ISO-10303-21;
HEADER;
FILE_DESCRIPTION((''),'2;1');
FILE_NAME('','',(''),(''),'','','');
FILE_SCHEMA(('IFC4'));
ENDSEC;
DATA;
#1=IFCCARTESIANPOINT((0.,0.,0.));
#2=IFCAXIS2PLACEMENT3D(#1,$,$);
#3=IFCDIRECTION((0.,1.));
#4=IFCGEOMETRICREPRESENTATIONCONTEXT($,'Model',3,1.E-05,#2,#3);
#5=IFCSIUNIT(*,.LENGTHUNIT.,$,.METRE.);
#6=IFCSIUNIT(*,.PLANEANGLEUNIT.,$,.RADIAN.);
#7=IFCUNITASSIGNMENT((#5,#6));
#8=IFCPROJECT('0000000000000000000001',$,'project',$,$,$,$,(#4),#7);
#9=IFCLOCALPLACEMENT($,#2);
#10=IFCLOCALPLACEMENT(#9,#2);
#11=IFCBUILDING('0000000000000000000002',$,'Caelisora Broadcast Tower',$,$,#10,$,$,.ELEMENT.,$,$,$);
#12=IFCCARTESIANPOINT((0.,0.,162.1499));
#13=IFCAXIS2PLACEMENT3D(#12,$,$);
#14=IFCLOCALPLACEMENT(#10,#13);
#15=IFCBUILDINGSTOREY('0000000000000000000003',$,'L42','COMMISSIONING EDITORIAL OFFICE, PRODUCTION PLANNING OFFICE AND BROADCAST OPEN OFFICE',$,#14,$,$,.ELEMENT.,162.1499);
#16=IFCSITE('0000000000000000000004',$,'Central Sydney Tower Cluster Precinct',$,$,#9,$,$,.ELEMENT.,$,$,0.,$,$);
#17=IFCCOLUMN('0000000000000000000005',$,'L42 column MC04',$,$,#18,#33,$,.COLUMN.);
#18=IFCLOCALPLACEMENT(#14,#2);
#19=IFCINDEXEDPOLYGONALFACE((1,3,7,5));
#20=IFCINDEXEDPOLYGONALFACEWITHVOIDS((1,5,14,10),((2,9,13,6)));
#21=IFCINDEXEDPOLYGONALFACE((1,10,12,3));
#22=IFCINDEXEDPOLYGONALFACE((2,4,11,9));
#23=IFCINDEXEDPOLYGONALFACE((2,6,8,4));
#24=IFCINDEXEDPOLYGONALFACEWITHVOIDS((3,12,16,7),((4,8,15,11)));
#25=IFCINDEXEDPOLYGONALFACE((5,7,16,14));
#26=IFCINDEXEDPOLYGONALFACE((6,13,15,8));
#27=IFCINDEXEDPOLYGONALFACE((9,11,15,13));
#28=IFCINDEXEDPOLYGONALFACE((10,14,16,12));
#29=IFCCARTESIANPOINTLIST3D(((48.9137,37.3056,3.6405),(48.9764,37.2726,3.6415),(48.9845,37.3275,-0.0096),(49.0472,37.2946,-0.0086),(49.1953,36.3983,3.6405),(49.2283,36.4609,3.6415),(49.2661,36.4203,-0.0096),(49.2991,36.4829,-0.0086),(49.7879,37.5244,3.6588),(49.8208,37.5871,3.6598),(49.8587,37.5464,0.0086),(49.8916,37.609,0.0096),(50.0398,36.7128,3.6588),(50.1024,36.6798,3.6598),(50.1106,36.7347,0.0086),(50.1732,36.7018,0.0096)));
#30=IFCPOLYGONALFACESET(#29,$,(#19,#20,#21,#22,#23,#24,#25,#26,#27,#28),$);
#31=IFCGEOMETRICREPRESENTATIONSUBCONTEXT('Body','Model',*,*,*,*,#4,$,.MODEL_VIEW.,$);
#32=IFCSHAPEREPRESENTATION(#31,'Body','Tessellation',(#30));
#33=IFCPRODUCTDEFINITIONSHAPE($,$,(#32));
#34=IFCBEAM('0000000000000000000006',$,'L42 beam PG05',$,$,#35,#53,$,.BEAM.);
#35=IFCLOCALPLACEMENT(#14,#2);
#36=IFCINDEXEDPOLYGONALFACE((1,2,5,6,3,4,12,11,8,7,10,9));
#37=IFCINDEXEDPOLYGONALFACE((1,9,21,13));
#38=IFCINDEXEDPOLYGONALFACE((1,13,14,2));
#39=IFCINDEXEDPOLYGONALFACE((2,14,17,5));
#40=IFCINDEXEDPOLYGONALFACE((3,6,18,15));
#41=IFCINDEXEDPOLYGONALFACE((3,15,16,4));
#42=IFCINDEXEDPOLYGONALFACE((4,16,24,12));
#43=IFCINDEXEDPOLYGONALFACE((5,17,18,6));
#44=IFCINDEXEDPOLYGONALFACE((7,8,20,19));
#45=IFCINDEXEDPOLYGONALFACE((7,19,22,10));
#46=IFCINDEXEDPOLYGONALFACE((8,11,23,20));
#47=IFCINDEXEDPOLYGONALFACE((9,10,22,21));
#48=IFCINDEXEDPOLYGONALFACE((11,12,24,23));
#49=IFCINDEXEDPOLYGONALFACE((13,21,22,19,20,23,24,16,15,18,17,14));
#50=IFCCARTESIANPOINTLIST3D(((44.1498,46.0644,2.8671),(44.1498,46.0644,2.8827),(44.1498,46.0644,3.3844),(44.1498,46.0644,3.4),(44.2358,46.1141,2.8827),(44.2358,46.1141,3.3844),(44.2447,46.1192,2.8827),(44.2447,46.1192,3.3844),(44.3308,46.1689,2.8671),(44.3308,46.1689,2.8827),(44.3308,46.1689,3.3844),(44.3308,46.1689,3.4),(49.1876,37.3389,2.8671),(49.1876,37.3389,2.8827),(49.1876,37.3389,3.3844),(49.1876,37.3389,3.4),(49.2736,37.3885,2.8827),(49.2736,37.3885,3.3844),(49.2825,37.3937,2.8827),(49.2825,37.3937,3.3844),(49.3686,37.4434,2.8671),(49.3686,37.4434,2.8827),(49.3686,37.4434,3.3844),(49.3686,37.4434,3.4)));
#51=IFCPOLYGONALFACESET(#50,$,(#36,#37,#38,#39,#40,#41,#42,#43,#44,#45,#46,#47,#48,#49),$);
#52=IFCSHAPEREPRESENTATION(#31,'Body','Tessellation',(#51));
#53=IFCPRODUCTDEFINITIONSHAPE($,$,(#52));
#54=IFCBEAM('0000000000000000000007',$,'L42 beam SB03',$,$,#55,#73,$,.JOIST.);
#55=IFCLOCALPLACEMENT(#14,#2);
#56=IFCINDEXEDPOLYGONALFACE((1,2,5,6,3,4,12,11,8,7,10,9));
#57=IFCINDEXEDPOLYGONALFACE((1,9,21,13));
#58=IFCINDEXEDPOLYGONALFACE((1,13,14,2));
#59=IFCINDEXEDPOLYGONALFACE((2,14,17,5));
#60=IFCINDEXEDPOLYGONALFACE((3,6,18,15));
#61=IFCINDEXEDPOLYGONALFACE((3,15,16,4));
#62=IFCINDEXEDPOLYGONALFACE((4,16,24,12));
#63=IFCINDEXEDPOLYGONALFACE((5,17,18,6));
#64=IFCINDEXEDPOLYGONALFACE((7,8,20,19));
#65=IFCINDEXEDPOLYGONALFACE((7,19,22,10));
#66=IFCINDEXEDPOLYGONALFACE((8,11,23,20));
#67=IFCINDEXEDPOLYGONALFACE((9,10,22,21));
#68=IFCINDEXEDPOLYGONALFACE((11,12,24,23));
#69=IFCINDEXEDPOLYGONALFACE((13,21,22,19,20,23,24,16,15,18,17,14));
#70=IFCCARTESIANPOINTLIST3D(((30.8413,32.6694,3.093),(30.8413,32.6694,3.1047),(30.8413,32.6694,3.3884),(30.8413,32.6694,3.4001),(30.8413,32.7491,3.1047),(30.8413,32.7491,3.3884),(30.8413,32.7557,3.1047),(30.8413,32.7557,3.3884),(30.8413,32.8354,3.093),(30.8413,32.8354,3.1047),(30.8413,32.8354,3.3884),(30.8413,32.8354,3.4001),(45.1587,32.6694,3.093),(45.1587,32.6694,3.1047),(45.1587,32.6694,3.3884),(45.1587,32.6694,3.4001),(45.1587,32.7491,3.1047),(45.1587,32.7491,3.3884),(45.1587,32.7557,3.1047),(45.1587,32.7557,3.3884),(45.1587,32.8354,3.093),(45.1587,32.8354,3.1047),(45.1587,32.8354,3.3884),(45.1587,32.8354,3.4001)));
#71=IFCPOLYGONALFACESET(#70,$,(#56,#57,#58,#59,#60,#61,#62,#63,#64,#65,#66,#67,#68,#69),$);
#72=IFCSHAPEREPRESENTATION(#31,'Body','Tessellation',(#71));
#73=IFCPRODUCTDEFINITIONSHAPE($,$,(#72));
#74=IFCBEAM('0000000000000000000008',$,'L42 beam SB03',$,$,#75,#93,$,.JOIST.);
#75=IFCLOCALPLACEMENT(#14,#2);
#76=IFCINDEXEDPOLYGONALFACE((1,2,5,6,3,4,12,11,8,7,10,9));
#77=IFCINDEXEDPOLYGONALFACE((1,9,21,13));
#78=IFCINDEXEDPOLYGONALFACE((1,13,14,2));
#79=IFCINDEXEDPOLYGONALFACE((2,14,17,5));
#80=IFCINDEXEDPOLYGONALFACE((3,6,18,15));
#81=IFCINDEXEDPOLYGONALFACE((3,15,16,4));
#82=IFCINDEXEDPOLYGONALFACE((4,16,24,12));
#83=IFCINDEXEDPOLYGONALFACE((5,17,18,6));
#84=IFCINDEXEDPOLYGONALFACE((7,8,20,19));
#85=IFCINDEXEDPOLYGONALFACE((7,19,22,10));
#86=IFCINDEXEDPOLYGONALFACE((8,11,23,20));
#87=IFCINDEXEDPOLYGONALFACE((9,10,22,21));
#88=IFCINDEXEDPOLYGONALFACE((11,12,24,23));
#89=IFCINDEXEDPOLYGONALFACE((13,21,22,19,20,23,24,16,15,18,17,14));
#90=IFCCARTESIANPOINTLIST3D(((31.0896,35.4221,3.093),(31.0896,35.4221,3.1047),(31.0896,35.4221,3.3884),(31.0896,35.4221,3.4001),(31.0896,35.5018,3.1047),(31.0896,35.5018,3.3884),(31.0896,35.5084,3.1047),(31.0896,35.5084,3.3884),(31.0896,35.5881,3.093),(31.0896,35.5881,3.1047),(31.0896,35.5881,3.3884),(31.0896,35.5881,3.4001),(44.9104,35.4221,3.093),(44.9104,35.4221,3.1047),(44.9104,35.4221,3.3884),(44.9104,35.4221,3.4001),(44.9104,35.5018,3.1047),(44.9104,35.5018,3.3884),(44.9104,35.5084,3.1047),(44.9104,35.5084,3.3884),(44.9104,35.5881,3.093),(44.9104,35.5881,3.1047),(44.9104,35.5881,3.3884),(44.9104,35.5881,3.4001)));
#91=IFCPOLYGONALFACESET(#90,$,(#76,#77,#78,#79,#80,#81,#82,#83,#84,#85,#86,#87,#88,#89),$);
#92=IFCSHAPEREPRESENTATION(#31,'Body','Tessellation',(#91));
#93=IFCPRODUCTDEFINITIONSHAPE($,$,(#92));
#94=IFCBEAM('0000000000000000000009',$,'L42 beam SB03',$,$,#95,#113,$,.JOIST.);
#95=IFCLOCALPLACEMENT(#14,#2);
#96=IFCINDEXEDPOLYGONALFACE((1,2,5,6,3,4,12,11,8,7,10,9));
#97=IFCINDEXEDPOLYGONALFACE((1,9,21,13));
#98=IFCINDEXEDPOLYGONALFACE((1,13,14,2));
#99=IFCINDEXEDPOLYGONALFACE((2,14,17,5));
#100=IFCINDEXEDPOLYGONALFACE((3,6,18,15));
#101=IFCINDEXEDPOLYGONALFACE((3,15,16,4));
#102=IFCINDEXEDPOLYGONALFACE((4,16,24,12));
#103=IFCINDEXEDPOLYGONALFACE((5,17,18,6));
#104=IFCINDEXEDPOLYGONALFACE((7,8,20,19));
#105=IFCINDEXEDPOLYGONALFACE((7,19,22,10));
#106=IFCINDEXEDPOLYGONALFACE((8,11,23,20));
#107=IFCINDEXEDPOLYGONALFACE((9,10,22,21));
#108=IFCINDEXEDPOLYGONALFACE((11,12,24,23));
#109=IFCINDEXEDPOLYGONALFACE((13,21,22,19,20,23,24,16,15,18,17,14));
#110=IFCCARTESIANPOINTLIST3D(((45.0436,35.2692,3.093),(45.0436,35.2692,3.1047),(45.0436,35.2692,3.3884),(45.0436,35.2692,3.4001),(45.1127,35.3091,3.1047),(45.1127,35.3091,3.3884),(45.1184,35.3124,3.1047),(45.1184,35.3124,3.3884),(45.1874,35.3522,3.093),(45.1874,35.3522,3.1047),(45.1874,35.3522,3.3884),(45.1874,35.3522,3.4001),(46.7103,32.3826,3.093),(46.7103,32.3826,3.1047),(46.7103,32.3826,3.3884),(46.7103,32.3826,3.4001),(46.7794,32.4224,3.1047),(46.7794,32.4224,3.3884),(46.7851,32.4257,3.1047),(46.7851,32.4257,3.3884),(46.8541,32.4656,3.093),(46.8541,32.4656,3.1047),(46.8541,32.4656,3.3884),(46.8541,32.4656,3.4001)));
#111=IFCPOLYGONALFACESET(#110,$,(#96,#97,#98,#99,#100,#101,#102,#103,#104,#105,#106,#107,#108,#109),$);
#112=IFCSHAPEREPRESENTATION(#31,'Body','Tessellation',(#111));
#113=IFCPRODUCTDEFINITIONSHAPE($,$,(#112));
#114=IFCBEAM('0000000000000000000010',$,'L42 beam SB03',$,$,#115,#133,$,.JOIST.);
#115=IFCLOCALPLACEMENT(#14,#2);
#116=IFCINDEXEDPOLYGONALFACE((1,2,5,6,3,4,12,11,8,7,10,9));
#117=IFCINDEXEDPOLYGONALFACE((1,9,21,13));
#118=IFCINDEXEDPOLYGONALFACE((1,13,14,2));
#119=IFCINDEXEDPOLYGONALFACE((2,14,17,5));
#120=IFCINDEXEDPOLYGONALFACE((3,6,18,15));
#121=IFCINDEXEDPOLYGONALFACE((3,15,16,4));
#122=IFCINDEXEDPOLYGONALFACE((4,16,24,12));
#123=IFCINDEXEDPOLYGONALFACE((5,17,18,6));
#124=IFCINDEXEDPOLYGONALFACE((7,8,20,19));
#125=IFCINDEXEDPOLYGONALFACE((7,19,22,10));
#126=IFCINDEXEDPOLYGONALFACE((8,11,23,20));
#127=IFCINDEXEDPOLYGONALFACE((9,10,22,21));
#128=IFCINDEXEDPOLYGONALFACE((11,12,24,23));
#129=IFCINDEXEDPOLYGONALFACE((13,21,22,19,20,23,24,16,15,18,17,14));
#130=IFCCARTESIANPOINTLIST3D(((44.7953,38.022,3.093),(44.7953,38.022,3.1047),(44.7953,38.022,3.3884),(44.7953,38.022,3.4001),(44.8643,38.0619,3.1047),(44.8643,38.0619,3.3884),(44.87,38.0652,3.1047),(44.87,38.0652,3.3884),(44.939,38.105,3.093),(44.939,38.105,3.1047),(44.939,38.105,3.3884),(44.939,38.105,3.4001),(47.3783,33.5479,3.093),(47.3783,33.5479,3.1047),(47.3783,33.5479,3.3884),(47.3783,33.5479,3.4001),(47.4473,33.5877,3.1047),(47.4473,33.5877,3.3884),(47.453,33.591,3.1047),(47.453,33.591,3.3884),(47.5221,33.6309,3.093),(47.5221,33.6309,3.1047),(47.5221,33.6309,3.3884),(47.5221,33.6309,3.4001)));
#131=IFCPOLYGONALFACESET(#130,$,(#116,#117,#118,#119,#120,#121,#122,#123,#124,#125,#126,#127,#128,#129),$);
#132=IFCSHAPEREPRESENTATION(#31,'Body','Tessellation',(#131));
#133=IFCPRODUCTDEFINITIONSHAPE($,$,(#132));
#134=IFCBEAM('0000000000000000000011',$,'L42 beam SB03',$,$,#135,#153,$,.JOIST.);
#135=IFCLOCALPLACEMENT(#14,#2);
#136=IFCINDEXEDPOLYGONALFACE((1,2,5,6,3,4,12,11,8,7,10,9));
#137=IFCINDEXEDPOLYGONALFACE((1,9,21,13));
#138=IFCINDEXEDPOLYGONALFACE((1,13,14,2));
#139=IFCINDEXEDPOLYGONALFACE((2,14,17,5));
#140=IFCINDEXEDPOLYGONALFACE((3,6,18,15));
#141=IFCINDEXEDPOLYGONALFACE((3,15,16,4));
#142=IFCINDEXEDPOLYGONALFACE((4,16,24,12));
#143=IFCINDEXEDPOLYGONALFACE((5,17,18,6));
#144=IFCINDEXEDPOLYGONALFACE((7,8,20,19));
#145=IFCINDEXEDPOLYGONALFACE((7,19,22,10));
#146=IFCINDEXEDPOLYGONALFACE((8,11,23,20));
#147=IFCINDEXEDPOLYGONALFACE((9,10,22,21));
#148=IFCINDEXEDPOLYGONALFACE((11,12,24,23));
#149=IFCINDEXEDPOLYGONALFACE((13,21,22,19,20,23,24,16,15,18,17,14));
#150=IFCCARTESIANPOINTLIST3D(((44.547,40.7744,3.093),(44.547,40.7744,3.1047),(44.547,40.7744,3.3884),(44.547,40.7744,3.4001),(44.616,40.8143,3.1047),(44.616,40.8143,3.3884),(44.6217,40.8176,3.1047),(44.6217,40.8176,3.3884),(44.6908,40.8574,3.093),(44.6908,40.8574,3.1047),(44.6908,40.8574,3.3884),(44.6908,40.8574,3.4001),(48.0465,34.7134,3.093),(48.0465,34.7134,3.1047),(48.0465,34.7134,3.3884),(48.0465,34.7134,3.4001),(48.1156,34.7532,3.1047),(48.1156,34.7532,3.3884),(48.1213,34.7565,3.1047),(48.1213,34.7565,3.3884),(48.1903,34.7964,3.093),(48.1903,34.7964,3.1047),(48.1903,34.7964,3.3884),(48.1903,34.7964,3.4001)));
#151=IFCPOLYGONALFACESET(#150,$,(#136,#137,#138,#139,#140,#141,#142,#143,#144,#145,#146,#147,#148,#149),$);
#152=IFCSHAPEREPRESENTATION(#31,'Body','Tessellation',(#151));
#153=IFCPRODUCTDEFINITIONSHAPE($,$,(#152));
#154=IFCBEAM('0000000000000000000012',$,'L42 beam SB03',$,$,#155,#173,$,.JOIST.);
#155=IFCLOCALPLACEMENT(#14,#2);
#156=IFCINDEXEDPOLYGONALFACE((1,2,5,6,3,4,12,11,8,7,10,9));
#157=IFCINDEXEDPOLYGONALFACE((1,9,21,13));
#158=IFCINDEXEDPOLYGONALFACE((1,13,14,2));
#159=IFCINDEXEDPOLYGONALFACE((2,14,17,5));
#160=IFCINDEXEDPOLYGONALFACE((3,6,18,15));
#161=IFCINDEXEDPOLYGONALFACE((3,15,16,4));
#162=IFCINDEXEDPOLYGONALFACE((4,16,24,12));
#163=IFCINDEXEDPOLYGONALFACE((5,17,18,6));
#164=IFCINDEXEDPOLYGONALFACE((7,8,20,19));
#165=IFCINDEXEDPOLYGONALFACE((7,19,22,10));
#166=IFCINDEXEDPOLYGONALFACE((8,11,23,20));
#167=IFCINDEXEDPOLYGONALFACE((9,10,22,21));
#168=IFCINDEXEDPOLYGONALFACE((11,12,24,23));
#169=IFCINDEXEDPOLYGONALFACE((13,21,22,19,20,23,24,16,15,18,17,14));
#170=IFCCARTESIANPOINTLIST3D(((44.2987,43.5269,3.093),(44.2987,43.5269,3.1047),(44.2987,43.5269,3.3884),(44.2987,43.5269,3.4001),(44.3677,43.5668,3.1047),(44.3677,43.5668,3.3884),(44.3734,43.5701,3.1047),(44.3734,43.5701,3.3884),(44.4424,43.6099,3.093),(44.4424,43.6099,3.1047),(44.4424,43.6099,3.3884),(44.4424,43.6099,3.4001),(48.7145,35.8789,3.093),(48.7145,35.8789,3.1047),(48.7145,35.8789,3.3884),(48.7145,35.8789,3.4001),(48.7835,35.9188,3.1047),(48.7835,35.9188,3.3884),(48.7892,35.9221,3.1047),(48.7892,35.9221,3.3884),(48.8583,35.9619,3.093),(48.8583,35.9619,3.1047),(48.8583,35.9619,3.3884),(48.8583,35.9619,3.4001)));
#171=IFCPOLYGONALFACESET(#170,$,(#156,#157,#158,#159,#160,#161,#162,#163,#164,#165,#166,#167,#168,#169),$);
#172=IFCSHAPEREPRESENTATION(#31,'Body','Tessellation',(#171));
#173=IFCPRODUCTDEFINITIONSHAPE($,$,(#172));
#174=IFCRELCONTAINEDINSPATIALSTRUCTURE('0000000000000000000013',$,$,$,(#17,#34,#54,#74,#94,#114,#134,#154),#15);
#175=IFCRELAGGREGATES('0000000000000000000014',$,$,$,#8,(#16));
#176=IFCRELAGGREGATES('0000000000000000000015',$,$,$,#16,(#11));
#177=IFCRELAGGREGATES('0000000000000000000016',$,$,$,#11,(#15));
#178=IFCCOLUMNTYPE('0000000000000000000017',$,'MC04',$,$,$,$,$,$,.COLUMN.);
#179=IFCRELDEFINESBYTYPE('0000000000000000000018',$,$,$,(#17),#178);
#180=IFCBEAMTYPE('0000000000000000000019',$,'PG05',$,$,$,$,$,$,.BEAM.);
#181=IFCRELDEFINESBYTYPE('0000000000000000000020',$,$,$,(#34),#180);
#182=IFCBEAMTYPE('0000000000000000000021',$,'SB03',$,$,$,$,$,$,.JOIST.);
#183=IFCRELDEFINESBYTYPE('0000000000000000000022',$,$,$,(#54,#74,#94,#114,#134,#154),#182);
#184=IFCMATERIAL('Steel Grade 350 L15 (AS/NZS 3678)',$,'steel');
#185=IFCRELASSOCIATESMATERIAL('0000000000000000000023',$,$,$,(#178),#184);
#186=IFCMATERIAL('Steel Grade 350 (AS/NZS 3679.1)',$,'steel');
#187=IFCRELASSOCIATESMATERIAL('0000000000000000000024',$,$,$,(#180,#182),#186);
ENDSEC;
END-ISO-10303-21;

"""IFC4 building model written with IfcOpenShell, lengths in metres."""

from ifc_helpers import new_model, si_unit, direction, frame, origin, origin_2d, place, context, subcontext, project, spatial, hollow_rectangle, i_section, extrude, source, transform, mapped, material, material_profile, profile_set, type_object, type_shapes, element, save


model = new_model("IFC4")

# Units and contexts
model_context = context("Model", 3, precision=1e-05, world=origin(), true_north=direction((0.0, 1.0)))
body_context = subcontext(model_context, "Body", "Model", "MODEL_VIEW")
ifc_project = project(units=[si_unit("LENGTHUNIT", "METRE"), si_unit("PLANEANGLEUNIT", "RADIAN")], contexts=[model_context])

# Site, building, storey
site_placement = place(None, origin())
site = spatial("IfcSite", under=ifc_project, at=site_placement, Name="Central Sydney Tower Cluster Precinct", CompositionType="ELEMENT", RefElevation=0.0)
building_placement = place(site_placement, origin())
building = spatial("IfcBuilding", under=site, at=building_placement, Name="Caelisora Broadcast Tower", CompositionType="ELEMENT")
storey_placement = place(building_placement, frame((0.0, 0.0, 162.1499)))
storey = spatial("IfcBuildingStorey", under=building, at=storey_placement, Name="L42", Description="COMMISSIONING EDITORIAL OFFICE, PRODUCTION PLANNING OFFICE AND BROADCAST OPEN OFFICE", CompositionType="ELEMENT", Elevation=162.1499)

# Column
ifc_material_1 = material(Name="Steel Grade 350 L15 (AS/NZS 3678)", Category="steel")
ifc_material_profile_1 = material_profile(ifc_material_1, hollow_rectangle(XDim=0.95, YDim=0.95, WallThickness=0.05, at=origin_2d()), Name="Steel Grade 350 L15 (AS/NZS 3678)")
ifc_profile_set_1 = profile_set([ifc_material_profile_1], Name="Steel Grade 350 L15 (AS/NZS 3678)")
column_type = type_object("IfcColumnType", Name="MC04", PredefinedType="COLUMN", material=ifc_profile_set_1)
shared_shape_1 = source(origin(), body_context, "Body", "SweptSolid", [
    extrude(hollow_rectangle(XDim=0.95, YDim=0.95, WallThickness=0.05, at=origin_2d()), origin(), (0.0, 0.0, 1.0), 3.6509),
])
type_shapes(column_type, [shared_shape_1])
column_placement = place(storey_placement, frame((49.5789, 37.0146, 0.0), z_axis=(-0.019393, -0.006018, 0.999794), x_axis=(0.296399, -0.955064, 0.0)))
element("IfcColumn", 1, at=column_placement, inside=storey, type_object=column_type, Name="L42 column MC04", PredefinedType="COLUMN", context=body_context, shape_type="MappedRepresentation", body=[
    mapped(shared_shape_1, transform((0.0, 0.0, 0.0), scale=1.0)),
])

# Beams
ifc_material_2 = material(Name="Steel Grade 350 (AS/NZS 3679.1)", Category="steel")
ifc_material_profile_2 = material_profile(ifc_material_2, i_section(OverallWidth=0.209, OverallDepth=0.533, WebThickness=0.0103, FlangeThickness=0.0156, at=origin_2d()), Name="Steel Grade 350 (AS/NZS 3679.1)")
ifc_profile_set_2 = profile_set([ifc_material_profile_2], Name="Steel Grade 350 (AS/NZS 3679.1)")
beam_type_1 = type_object("IfcBeamType", Name="PG05", PredefinedType="BEAM", material=ifc_profile_set_2)
shared_shape_2 = source(origin(), body_context, "Body", "SweptSolid", [
    extrude(i_section(OverallWidth=0.209, OverallDepth=0.533, WebThickness=0.0103, FlangeThickness=0.0156, at=origin_2d()), origin(), (0.0, 0.0, 1.0), 10.0754),
])
type_shapes(beam_type_1, [shared_shape_2])
beam_1_placement = place(storey_placement, frame((49.2781, 37.3911, 3.1335), z_axis=(-0.500009, 0.86602, 0.0), x_axis=(-0.86602, -0.500009, 0.0)))
element("IfcBeam", 2, at=beam_1_placement, inside=storey, type_object=beam_type_1, Name="L42 beam PG05", PredefinedType="BEAM", context=body_context, shape_type="MappedRepresentation", body=[
    mapped(shared_shape_2, transform((0.0, 0.0, 0.0), scale=1.0)),
])
ifc_material_profile_3 = material_profile(ifc_material_2, i_section(OverallWidth=0.166, OverallDepth=0.3071, WebThickness=0.0066, FlangeThickness=0.0117, at=origin_2d()), Name="Steel Grade 350 (AS/NZS 3679.1)")
ifc_profile_set_3 = profile_set([ifc_material_profile_3], Name="Steel Grade 350 (AS/NZS 3679.1)")
beam_type_2 = type_object("IfcBeamType", Name="SB03", PredefinedType="JOIST", material=ifc_profile_set_3)
shared_shape_3 = source(origin(), body_context, "Body", "SweptSolid", [
    extrude(i_section(OverallWidth=0.166, OverallDepth=0.3071, WebThickness=0.0066, FlangeThickness=0.0117, at=origin_2d()), origin(), (0.0, 0.0, 1.0), 14.3174),
])
beam_2_placement = place(storey_placement, frame((45.1587, 32.7524, 3.2466), z_axis=(-1.0, 0.0, 0.0), x_axis=(0.0, -1.0, 0.0)))
element("IfcBeam", 3, at=beam_2_placement, inside=storey, type_object=beam_type_2, Name="L42 beam SB03", PredefinedType="JOIST", context=body_context, shape_type="MappedRepresentation", body=[
    mapped(shared_shape_3, transform((0.0, 0.0, 0.0), scale=1.0)),
])
shared_shape_4 = source(origin(), body_context, "Body", "SweptSolid", [
    extrude(i_section(OverallWidth=0.166, OverallDepth=0.3071, WebThickness=0.0066, FlangeThickness=0.0117, at=origin_2d()), origin(), (0.0, 0.0, 1.0), 13.8208),
])
beam_3_placement = place(storey_placement, frame((44.9104, 35.5051, 3.2466), z_axis=(-1.0, 0.0, 0.0), x_axis=(0.0, -1.0, 0.0)))
element("IfcBeam", 4, at=beam_3_placement, inside=storey, type_object=beam_type_2, Name="L42 beam SB03", PredefinedType="JOIST", context=body_context, shape_type="MappedRepresentation", body=[
    mapped(shared_shape_4, transform((0.0, 0.0, 0.0), scale=1.0)),
])
shared_shape_5 = source(origin(), body_context, "Body", "SweptSolid", [
    extrude(i_section(OverallWidth=0.166, OverallDepth=0.3071, WebThickness=0.0066, FlangeThickness=0.0117, at=origin_2d()), origin(), (0.0, 0.0, 1.0), 3.3333),
])
beam_4_placement = place(storey_placement, frame((46.7822, 32.4241, 3.2466), z_axis=(-0.500023, 0.866012, 0.0), x_axis=(-0.866012, -0.500023, 0.0)))
element("IfcBeam", 5, at=beam_4_placement, inside=storey, type_object=beam_type_2, Name="L42 beam SB03", PredefinedType="JOIST", context=body_context, shape_type="MappedRepresentation", body=[
    mapped(shared_shape_5, transform((0.0, 0.0, 0.0), scale=1.0)),
])
shared_shape_6 = source(origin(), body_context, "Body", "SweptSolid", [
    extrude(i_section(OverallWidth=0.166, OverallDepth=0.3071, WebThickness=0.0066, FlangeThickness=0.0117, at=origin_2d()), origin(), (0.0, 0.0, 1.0), 5.1663),
])
beam_5_placement = place(storey_placement, frame((47.4502, 33.5894, 3.2466), z_axis=(-0.499982, 0.866036, 0.0), x_axis=(-0.866036, -0.499982, 0.0)))
element("IfcBeam", 6, at=beam_5_placement, inside=storey, type_object=beam_type_2, Name="L42 beam SB03", PredefinedType="JOIST", context=body_context, shape_type="MappedRepresentation", body=[
    mapped(shared_shape_6, transform((0.0, 0.0, 0.0), scale=1.0)),
])
shared_shape_7 = source(origin(), body_context, "Body", "SweptSolid", [
    extrude(i_section(OverallWidth=0.166, OverallDepth=0.3071, WebThickness=0.0066, FlangeThickness=0.0117, at=origin_2d()), origin(), (0.0, 0.0, 1.0), 6.9988),
])
beam_6_placement = place(storey_placement, frame((48.1184, 34.7549, 3.2466), z_axis=(-0.500018, 0.866015, 0.0), x_axis=(-0.866015, -0.500018, 0.0)))
element("IfcBeam", 7, at=beam_6_placement, inside=storey, type_object=beam_type_2, Name="L42 beam SB03", PredefinedType="JOIST", context=body_context, shape_type="MappedRepresentation", body=[
    mapped(shared_shape_7, transform((0.0, 0.0, 0.0), scale=1.0)),
])
shared_shape_8 = source(origin(), body_context, "Body", "SweptSolid", [
    extrude(i_section(OverallWidth=0.166, OverallDepth=0.3071, WebThickness=0.0066, FlangeThickness=0.0117, at=origin_2d()), origin(), (0.0, 0.0, 1.0), 8.8313),
])
type_shapes(beam_type_2, [shared_shape_3, shared_shape_4, shared_shape_5, shared_shape_6, shared_shape_7, shared_shape_8])
beam_7_placement = place(storey_placement, frame((48.7864, 35.9204, 3.2466), z_axis=(-0.500019, 0.866014, 0.0), x_axis=(-0.866014, -0.500019, 0.0)))
element("IfcBeam", 8, at=beam_7_placement, inside=storey, type_object=beam_type_2, Name="L42 beam SB03", PredefinedType="JOIST", context=body_context, shape_type="MappedRepresentation", body=[
    mapped(shared_shape_8, transform((0.0, 0.0, 0.0), scale=1.0)),
])

save(model, "model.ifc")
